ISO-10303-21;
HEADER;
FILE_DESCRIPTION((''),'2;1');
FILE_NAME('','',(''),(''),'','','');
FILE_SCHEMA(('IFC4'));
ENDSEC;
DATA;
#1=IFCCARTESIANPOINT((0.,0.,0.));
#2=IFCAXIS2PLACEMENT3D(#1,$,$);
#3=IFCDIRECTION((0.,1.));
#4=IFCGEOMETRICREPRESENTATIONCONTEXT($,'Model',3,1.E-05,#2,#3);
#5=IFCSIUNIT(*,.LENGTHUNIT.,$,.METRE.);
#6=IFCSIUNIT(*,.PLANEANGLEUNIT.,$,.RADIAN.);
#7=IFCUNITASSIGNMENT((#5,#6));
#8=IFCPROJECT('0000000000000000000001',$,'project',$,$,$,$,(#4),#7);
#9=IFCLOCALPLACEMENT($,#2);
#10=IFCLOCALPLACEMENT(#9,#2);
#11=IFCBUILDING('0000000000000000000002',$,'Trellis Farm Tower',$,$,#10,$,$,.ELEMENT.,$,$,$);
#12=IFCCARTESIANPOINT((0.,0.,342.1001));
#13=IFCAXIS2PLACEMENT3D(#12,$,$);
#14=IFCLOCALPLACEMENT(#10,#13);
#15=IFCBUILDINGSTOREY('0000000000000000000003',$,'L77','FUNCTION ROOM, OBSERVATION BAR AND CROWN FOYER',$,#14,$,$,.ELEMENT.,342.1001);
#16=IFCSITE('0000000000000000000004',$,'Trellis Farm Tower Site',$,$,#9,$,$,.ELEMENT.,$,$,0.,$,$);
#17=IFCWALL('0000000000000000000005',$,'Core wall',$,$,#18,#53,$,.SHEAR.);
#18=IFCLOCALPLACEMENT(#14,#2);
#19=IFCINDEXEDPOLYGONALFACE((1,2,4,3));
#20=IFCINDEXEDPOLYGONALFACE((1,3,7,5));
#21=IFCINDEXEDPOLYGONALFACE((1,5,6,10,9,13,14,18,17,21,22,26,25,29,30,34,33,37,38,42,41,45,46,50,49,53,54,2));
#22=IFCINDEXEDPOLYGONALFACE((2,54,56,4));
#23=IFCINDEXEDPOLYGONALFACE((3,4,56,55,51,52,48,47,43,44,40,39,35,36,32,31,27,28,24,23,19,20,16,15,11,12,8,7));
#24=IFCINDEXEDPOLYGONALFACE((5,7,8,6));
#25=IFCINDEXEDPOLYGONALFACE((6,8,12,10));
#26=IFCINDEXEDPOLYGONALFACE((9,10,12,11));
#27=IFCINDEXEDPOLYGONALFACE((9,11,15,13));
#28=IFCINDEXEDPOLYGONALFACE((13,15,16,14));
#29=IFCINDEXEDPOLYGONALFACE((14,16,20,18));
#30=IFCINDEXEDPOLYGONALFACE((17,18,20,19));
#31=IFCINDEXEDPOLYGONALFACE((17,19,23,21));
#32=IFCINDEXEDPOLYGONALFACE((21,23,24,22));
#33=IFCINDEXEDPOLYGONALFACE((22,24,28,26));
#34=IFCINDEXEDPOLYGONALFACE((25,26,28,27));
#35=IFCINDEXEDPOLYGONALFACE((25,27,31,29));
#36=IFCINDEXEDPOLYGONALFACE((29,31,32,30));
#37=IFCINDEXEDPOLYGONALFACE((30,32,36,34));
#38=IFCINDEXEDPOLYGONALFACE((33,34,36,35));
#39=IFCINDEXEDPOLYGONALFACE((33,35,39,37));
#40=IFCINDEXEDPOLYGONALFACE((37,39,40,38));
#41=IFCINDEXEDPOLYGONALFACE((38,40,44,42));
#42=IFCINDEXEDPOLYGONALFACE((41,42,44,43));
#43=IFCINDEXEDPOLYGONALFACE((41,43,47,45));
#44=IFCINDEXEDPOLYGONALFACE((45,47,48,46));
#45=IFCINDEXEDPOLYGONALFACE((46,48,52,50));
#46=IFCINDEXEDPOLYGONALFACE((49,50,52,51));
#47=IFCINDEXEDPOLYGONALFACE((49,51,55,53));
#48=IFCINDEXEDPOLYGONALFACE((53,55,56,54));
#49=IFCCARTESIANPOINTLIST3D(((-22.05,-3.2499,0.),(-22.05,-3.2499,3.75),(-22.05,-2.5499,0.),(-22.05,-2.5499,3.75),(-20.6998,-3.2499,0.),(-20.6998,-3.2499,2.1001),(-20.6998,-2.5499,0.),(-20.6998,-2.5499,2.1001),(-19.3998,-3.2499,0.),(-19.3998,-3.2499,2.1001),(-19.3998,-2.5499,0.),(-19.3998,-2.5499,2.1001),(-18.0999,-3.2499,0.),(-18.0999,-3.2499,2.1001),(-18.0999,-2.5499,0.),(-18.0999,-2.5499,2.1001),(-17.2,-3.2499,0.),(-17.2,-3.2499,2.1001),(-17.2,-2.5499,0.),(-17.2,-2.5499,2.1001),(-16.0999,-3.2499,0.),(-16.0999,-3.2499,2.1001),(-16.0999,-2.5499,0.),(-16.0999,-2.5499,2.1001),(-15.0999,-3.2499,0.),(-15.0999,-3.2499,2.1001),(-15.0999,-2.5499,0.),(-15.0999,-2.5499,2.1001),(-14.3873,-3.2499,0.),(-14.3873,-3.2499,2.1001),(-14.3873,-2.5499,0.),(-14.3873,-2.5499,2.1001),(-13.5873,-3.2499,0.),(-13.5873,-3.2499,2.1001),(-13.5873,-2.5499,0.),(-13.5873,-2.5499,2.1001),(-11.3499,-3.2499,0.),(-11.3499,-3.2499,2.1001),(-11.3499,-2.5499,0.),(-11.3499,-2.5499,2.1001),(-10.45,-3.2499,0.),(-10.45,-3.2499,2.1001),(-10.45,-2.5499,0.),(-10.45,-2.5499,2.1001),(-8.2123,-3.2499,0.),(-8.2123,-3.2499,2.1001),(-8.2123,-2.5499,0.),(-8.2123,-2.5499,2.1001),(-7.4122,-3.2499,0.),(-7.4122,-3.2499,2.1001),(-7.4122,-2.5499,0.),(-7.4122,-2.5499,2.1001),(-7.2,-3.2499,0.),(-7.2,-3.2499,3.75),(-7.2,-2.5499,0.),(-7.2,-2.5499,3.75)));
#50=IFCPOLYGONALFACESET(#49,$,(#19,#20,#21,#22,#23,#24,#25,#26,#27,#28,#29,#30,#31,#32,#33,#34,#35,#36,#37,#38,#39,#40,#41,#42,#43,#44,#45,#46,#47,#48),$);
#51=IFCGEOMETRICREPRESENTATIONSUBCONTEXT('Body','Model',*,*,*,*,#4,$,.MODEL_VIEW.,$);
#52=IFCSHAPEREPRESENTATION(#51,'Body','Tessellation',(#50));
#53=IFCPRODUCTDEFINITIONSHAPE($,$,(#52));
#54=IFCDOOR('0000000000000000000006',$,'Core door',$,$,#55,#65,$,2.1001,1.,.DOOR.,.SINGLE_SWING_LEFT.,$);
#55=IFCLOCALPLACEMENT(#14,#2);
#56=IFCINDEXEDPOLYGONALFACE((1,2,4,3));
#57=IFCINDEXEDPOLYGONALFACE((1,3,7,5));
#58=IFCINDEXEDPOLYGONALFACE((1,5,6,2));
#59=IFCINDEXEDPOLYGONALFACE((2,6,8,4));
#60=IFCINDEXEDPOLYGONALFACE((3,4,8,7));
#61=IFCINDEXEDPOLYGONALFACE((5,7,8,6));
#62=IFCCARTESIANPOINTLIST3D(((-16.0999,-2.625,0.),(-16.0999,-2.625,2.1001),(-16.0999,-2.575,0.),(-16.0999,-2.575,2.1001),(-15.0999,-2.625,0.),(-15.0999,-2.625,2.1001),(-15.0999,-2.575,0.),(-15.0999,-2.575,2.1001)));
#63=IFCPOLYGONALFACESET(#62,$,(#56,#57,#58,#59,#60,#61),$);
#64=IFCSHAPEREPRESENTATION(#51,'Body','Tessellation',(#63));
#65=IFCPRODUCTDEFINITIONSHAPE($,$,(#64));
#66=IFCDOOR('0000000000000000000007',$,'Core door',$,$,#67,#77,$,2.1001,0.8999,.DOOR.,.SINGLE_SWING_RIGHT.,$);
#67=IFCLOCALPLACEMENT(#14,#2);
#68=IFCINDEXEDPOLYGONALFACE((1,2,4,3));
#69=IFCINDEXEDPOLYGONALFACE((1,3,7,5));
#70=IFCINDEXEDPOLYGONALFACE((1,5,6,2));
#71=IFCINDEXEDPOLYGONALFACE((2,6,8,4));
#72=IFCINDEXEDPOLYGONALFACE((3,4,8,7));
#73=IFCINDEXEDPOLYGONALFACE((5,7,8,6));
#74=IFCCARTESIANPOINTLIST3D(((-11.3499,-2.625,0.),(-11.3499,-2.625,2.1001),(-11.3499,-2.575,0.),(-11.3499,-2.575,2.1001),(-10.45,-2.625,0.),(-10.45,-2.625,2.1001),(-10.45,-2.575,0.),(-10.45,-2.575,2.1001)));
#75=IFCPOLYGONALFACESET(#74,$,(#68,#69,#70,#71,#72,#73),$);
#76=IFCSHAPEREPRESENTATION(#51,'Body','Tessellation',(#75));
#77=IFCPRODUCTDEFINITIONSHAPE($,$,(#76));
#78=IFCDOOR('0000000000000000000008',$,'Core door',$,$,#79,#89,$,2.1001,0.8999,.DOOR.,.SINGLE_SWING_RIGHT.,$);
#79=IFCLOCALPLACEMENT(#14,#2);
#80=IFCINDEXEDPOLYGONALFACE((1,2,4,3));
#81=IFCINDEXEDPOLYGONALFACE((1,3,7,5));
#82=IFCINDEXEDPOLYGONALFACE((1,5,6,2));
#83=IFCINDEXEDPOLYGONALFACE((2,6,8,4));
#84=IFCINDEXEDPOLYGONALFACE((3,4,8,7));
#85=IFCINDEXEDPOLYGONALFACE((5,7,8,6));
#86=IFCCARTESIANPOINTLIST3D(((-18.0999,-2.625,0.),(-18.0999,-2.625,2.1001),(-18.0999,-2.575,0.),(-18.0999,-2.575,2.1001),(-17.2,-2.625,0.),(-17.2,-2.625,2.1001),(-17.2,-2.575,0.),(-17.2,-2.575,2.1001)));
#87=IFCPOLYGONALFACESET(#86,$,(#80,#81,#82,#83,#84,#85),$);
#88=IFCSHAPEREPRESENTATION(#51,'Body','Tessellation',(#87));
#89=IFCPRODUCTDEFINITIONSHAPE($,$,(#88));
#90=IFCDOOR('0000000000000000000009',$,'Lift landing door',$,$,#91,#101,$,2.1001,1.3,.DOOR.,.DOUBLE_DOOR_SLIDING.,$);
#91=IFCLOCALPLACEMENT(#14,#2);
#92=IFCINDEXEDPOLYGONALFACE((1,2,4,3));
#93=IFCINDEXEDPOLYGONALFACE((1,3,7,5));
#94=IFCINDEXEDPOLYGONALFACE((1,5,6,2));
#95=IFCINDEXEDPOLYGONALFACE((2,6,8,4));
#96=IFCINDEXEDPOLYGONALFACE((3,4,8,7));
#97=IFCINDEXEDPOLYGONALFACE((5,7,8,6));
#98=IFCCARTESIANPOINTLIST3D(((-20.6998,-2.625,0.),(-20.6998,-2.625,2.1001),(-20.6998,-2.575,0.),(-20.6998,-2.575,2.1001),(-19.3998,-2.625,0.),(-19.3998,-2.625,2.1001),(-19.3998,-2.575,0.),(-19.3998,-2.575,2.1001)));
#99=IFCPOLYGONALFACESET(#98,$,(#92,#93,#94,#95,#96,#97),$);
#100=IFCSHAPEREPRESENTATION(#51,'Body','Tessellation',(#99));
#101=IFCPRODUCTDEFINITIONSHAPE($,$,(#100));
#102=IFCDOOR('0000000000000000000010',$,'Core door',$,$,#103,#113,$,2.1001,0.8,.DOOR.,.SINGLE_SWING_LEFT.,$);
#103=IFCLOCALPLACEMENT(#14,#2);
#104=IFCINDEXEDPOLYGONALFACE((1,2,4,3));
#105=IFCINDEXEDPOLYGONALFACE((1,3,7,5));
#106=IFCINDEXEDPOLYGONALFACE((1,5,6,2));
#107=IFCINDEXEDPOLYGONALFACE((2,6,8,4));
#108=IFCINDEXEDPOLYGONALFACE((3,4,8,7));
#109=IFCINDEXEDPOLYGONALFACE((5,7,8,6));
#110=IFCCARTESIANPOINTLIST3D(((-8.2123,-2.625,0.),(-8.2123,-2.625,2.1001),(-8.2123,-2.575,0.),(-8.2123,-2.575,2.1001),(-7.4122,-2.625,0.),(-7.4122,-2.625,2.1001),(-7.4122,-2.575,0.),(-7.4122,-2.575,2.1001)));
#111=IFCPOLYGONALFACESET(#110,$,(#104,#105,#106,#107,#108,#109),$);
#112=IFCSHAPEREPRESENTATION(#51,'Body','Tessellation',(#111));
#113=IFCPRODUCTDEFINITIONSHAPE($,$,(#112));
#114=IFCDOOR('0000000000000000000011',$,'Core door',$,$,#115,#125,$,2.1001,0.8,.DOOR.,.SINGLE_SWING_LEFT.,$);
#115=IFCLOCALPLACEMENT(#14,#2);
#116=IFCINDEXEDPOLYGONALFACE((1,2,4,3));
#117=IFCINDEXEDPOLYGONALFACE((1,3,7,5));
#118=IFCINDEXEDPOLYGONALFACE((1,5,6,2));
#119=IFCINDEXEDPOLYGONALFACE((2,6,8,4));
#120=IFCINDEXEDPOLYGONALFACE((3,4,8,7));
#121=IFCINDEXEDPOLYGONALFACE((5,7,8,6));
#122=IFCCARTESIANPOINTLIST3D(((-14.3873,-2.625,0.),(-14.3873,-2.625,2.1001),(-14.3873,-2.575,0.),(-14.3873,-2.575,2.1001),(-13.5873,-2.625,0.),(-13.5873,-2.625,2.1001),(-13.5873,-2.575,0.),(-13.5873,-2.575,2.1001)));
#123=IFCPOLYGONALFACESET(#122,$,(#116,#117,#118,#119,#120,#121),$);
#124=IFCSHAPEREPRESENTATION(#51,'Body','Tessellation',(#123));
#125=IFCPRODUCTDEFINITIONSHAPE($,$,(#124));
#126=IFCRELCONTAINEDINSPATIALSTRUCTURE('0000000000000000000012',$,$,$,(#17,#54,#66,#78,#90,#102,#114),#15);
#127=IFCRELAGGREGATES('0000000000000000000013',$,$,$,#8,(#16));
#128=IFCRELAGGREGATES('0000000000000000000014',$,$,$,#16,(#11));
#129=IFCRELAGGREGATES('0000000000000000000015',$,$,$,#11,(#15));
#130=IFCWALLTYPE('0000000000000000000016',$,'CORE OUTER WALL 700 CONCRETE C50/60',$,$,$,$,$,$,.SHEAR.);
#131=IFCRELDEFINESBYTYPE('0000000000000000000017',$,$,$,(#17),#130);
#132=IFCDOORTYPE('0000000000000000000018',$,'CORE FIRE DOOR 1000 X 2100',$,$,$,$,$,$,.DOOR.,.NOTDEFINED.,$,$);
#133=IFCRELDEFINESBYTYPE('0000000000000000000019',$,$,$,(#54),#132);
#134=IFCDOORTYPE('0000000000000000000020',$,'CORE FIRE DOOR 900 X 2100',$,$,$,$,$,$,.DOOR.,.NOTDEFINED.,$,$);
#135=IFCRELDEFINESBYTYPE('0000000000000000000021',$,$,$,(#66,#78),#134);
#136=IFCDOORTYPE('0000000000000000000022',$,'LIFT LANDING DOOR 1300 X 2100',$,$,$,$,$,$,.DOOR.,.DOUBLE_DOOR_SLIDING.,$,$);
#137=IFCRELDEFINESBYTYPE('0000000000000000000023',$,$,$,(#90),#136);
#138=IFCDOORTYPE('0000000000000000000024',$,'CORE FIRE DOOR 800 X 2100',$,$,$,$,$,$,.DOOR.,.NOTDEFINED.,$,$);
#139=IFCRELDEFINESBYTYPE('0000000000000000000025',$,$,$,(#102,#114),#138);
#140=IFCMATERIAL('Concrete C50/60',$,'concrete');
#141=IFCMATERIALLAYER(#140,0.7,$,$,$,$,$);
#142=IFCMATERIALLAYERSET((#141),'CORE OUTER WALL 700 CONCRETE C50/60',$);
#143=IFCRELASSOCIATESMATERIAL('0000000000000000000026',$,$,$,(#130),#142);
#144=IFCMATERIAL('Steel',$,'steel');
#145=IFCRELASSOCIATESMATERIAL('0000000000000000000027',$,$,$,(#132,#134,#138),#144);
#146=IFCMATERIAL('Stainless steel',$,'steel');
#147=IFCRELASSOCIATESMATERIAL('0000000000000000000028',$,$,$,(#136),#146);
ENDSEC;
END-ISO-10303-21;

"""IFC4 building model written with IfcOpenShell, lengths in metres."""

from ifc_helpers import new_model, si_unit, direction, frame, frame_2d, origin, place, context, subcontext, project, spatial, rectangle, extrude, source, transform, mapped, material, layer, layer_set, type_object, element, fill, save


model = new_model("IFC4")

# Units and contexts
model_context = context("Model", 3, precision=1e-05, world=origin(), true_north=direction((0.0, 1.0)))
body_context = subcontext(model_context, "Body", "Model", "MODEL_VIEW")
ifc_project = project(units=[si_unit("LENGTHUNIT", "METRE"), si_unit("PLANEANGLEUNIT", "RADIAN")], contexts=[model_context])

# Site, building, storey
site_placement = place(None, origin())
site = spatial("IfcSite", under=ifc_project, at=site_placement, Name="Trellis Farm Tower Site", CompositionType="ELEMENT", RefElevation=0.0)
building_placement = place(site_placement, origin())
building = spatial("IfcBuilding", under=site, at=building_placement, Name="Trellis Farm Tower", CompositionType="ELEMENT")
storey_placement = place(building_placement, frame((0.0, 0.0, 342.1001)))
storey = spatial("IfcBuildingStorey", under=building, at=storey_placement, Name="L77", Description="FUNCTION ROOM, OBSERVATION BAR AND CROWN FOYER", CompositionType="ELEMENT", Elevation=342.1001)

# Shared definitions
ifc_material_1 = material(Name="Concrete C50/60", Category="concrete")

# Wall, openings, doors
ifc_layer_1 = layer(ifc_material_1, 0.7)
ifc_layer_set_1 = layer_set([ifc_layer_1], Name="CORE OUTER WALL 700 CONCRETE C50/60")
wall_type_1 = type_object("IfcWallType", Name="CORE OUTER WALL 700 CONCRETE C50/60", PredefinedType="SHEAR", material=ifc_layer_set_1)
shared_shape_1 = source(origin(), body_context, "Body", "SweptSolid", [
    extrude(rectangle(XDim=14.8501, YDim=0.7, at=frame_2d((7.425, 0.0))), origin(), (0.0, 0.0, 1.0), 3.75),
])
wall_1_placement = place(storey_placement, frame((-7.2, -2.8999, 0.0), z_axis=(0.0, 0.0, 1.0), x_axis=(-1.0, 0.0, 0.0)))
wall_1 = element("IfcWall", 1, at=wall_1_placement, inside=storey, type_object=wall_type_1, Name="Core wall", PredefinedType="SHEAR", context=body_context, shape_type="MappedRepresentation", body=[
    mapped(shared_shape_1, transform((0.0, 0.0, 0.0))),
])
shared_shape_2 = source(origin(), body_context, "Body", "SweptSolid", [
    extrude(rectangle(XDim=1.3, YDim=2.1001, at=frame_2d((0.6499, 1.05))), frame((0.0, 0.3601, 0.0), z_axis=(0.0, -1.0, 0.0), x_axis=(1.0, 0.0, 0.0)), (0.0, 0.0, 1.0), 0.7202),
])
opening_1_placement = place(wall_1_placement, frame((12.2, 0.0, 0.0)))
opening_1 = element("IfcOpeningElement", 2, at=opening_1_placement, cuts=wall_1, PredefinedType="OPENING", context=body_context, shape_type="MappedRepresentation", body=[
    mapped(shared_shape_2, transform((0.0, 0.0, 0.0))),
])
shared_shape_3 = source(origin(), body_context, "Body", "SweptSolid", [
    extrude(rectangle(XDim=1.0, YDim=2.1001, at=frame_2d((0.5, 1.05))), frame((0.0, 0.3601, 0.0), z_axis=(0.0, -1.0, 0.0), x_axis=(1.0, 0.0, 0.0)), (0.0, 0.0, 1.0), 0.7202),
])
opening_2_placement = place(wall_1_placement, frame((7.8999, 0.0, 0.0)))
opening_2 = element("IfcOpeningElement", 3, at=opening_2_placement, cuts=wall_1, PredefinedType="OPENING", context=body_context, shape_type="MappedRepresentation", body=[
    mapped(shared_shape_3, transform((0.0, 0.0, 0.0))),
])
shared_shape_4 = source(origin(), body_context, "Body", "SweptSolid", [
    extrude(rectangle(XDim=0.8, YDim=2.1001, at=frame_2d((0.3999, 1.05))), frame((0.0, 0.3601, 0.0), z_axis=(0.0, -1.0, 0.0), x_axis=(1.0, 0.0, 0.0)), (0.0, 0.0, 1.0), 0.7202),
])
opening_3_placement = place(wall_1_placement, frame((0.2124, 0.0, 0.0)))
opening_3 = element("IfcOpeningElement", 4, at=opening_3_placement, cuts=wall_1, PredefinedType="OPENING", context=body_context, shape_type="MappedRepresentation", body=[
    mapped(shared_shape_4, transform((0.0, 0.0, 0.0))),
])
shared_shape_5 = source(origin(), body_context, "Body", "SweptSolid", [
    extrude(rectangle(XDim=0.8999, YDim=2.1001, at=frame_2d((0.45, 1.05))), frame((0.0, 0.3601, 0.0), z_axis=(0.0, -1.0, 0.0), x_axis=(1.0, 0.0, 0.0)), (0.0, 0.0, 1.0), 0.7202),
])
opening_4_placement = place(wall_1_placement, frame((3.25, 0.0, 0.0)))
opening_4 = element("IfcOpeningElement", 5, at=opening_4_placement, cuts=wall_1, PredefinedType="OPENING", context=body_context, shape_type="MappedRepresentation", body=[
    mapped(shared_shape_5, transform((0.0, 0.0, 0.0))),
])
opening_5_placement = place(wall_1_placement, frame((6.3875, 0.0, 0.0)))
opening_5 = element("IfcOpeningElement", 6, at=opening_5_placement, cuts=wall_1, PredefinedType="OPENING", context=body_context, shape_type="MappedRepresentation", body=[
    mapped(shared_shape_4, transform((0.0, 0.0, 0.0))),
])
opening_6_placement = place(wall_1_placement, frame((10.0, 0.0, 0.0)))
opening_6 = element("IfcOpeningElement", 7, at=opening_6_placement, cuts=wall_1, PredefinedType="OPENING", context=body_context, shape_type="MappedRepresentation", body=[
    mapped(shared_shape_5, transform((0.0, 0.0, 0.0))),
])
ifc_material_2 = material(Name="Steel", Category="steel")
door_type_1 = type_object("IfcDoorType", Name="CORE FIRE DOOR 1000 X 2100", OperationType="NOTDEFINED", PredefinedType="DOOR", material=ifc_material_2)
shared_shape_6 = source(origin(), body_context, "Body", "SweptSolid", [
    extrude(rectangle(XDim=1.0, YDim=2.1001, at=frame_2d((0.5, 1.05))), frame((0.0, -0.2749, 0.0), z_axis=(0.0, -1.0, 0.0), x_axis=(1.0, 0.0, 0.0)), (0.0, 0.0, 1.0), 0.05),
])
door_1_placement = place(opening_2_placement, origin())
door_1 = element("IfcDoor", 8, at=door_1_placement, inside=storey, type_object=door_type_1, Name="Core door", OperationType="SINGLE_SWING_LEFT", OverallHeight=2.1001, OverallWidth=1.0, PredefinedType="DOOR", context=body_context, shape_type="MappedRepresentation", body=[
    mapped(shared_shape_6, transform((0.0, 0.0, 0.0))),
])
fill(opening_2, door_1)
door_type_2 = type_object("IfcDoorType", Name="CORE FIRE DOOR 900 X 2100", OperationType="NOTDEFINED", PredefinedType="DOOR", material=ifc_material_2)
shared_shape_7 = source(origin(), body_context, "Body", "SweptSolid", [
    extrude(rectangle(XDim=0.8999, YDim=2.1001, at=frame_2d((0.45, 1.05))), frame((0.0, -0.2749, 0.0), z_axis=(0.0, -1.0, 0.0), x_axis=(1.0, 0.0, 0.0)), (0.0, 0.0, 1.0), 0.05),
])
door_2_placement = place(opening_4_placement, origin())
door_2 = element("IfcDoor", 9, at=door_2_placement, inside=storey, type_object=door_type_2, Name="Core door", OperationType="SINGLE_SWING_RIGHT", OverallHeight=2.1001, OverallWidth=0.8999, PredefinedType="DOOR", context=body_context, shape_type="MappedRepresentation", body=[
    mapped(shared_shape_7, transform((0.0, 0.0, 0.0))),
])
fill(opening_4, door_2)
door_3_placement = place(opening_6_placement, origin())
door_3 = element("IfcDoor", 10, at=door_3_placement, inside=storey, type_object=door_type_2, Name="Core door", OperationType="SINGLE_SWING_RIGHT", OverallHeight=2.1001, OverallWidth=0.8999, PredefinedType="DOOR", context=body_context, shape_type="MappedRepresentation", body=[
    mapped(shared_shape_7, transform((0.0, 0.0, 0.0))),
])
fill(opening_6, door_3)
ifc_material_3 = material(Name="Stainless steel", Category="steel")
door_type_3 = type_object("IfcDoorType", Name="LIFT LANDING DOOR 1300 X 2100", OperationType="DOUBLE_DOOR_SLIDING", PredefinedType="DOOR", material=ifc_material_3)
shared_shape_8 = source(origin(), body_context, "Body", "SweptSolid", [
    extrude(rectangle(XDim=1.3, YDim=2.1001, at=frame_2d((0.6499, 1.05))), frame((0.0, -0.2749, 0.0), z_axis=(0.0, -1.0, 0.0), x_axis=(1.0, 0.0, 0.0)), (0.0, 0.0, 1.0), 0.05),
])
door_4_placement = place(opening_1_placement, origin())
door_4 = element("IfcDoor", 11, at=door_4_placement, inside=storey, type_object=door_type_3, Name="Lift landing door", OperationType="DOUBLE_DOOR_SLIDING", OverallHeight=2.1001, OverallWidth=1.3, PredefinedType="DOOR", context=body_context, shape_type="MappedRepresentation", body=[
    mapped(shared_shape_8, transform((0.0, 0.0, 0.0))),
])
fill(opening_1, door_4)
door_type_4 = type_object("IfcDoorType", Name="CORE FIRE DOOR 800 X 2100", OperationType="NOTDEFINED", PredefinedType="DOOR", material=ifc_material_2)
shared_shape_9 = source(origin(), body_context, "Body", "SweptSolid", [
    extrude(rectangle(XDim=0.8, YDim=2.1001, at=frame_2d((0.3999, 1.05))), frame((0.0, -0.2749, 0.0), z_axis=(0.0, -1.0, 0.0), x_axis=(1.0, 0.0, 0.0)), (0.0, 0.0, 1.0), 0.05),
])
door_5_placement = place(opening_3_placement, origin())
door_5 = element("IfcDoor", 12, at=door_5_placement, inside=storey, type_object=door_type_4, Name="Core door", OperationType="SINGLE_SWING_LEFT", OverallHeight=2.1001, OverallWidth=0.8, PredefinedType="DOOR", context=body_context, shape_type="MappedRepresentation", body=[
    mapped(shared_shape_9, transform((0.0, 0.0, 0.0))),
])
fill(opening_3, door_5)
door_6_placement = place(opening_5_placement, origin())
door_6 = element("IfcDoor", 13, at=door_6_placement, inside=storey, type_object=door_type_4, Name="Core door", OperationType="SINGLE_SWING_LEFT", OverallHeight=2.1001, OverallWidth=0.8, PredefinedType="DOOR", context=body_context, shape_type="MappedRepresentation", body=[
    mapped(shared_shape_9, transform((0.0, 0.0, 0.0))),
])
fill(opening_5, door_6)

save(model, "model.ifc")
